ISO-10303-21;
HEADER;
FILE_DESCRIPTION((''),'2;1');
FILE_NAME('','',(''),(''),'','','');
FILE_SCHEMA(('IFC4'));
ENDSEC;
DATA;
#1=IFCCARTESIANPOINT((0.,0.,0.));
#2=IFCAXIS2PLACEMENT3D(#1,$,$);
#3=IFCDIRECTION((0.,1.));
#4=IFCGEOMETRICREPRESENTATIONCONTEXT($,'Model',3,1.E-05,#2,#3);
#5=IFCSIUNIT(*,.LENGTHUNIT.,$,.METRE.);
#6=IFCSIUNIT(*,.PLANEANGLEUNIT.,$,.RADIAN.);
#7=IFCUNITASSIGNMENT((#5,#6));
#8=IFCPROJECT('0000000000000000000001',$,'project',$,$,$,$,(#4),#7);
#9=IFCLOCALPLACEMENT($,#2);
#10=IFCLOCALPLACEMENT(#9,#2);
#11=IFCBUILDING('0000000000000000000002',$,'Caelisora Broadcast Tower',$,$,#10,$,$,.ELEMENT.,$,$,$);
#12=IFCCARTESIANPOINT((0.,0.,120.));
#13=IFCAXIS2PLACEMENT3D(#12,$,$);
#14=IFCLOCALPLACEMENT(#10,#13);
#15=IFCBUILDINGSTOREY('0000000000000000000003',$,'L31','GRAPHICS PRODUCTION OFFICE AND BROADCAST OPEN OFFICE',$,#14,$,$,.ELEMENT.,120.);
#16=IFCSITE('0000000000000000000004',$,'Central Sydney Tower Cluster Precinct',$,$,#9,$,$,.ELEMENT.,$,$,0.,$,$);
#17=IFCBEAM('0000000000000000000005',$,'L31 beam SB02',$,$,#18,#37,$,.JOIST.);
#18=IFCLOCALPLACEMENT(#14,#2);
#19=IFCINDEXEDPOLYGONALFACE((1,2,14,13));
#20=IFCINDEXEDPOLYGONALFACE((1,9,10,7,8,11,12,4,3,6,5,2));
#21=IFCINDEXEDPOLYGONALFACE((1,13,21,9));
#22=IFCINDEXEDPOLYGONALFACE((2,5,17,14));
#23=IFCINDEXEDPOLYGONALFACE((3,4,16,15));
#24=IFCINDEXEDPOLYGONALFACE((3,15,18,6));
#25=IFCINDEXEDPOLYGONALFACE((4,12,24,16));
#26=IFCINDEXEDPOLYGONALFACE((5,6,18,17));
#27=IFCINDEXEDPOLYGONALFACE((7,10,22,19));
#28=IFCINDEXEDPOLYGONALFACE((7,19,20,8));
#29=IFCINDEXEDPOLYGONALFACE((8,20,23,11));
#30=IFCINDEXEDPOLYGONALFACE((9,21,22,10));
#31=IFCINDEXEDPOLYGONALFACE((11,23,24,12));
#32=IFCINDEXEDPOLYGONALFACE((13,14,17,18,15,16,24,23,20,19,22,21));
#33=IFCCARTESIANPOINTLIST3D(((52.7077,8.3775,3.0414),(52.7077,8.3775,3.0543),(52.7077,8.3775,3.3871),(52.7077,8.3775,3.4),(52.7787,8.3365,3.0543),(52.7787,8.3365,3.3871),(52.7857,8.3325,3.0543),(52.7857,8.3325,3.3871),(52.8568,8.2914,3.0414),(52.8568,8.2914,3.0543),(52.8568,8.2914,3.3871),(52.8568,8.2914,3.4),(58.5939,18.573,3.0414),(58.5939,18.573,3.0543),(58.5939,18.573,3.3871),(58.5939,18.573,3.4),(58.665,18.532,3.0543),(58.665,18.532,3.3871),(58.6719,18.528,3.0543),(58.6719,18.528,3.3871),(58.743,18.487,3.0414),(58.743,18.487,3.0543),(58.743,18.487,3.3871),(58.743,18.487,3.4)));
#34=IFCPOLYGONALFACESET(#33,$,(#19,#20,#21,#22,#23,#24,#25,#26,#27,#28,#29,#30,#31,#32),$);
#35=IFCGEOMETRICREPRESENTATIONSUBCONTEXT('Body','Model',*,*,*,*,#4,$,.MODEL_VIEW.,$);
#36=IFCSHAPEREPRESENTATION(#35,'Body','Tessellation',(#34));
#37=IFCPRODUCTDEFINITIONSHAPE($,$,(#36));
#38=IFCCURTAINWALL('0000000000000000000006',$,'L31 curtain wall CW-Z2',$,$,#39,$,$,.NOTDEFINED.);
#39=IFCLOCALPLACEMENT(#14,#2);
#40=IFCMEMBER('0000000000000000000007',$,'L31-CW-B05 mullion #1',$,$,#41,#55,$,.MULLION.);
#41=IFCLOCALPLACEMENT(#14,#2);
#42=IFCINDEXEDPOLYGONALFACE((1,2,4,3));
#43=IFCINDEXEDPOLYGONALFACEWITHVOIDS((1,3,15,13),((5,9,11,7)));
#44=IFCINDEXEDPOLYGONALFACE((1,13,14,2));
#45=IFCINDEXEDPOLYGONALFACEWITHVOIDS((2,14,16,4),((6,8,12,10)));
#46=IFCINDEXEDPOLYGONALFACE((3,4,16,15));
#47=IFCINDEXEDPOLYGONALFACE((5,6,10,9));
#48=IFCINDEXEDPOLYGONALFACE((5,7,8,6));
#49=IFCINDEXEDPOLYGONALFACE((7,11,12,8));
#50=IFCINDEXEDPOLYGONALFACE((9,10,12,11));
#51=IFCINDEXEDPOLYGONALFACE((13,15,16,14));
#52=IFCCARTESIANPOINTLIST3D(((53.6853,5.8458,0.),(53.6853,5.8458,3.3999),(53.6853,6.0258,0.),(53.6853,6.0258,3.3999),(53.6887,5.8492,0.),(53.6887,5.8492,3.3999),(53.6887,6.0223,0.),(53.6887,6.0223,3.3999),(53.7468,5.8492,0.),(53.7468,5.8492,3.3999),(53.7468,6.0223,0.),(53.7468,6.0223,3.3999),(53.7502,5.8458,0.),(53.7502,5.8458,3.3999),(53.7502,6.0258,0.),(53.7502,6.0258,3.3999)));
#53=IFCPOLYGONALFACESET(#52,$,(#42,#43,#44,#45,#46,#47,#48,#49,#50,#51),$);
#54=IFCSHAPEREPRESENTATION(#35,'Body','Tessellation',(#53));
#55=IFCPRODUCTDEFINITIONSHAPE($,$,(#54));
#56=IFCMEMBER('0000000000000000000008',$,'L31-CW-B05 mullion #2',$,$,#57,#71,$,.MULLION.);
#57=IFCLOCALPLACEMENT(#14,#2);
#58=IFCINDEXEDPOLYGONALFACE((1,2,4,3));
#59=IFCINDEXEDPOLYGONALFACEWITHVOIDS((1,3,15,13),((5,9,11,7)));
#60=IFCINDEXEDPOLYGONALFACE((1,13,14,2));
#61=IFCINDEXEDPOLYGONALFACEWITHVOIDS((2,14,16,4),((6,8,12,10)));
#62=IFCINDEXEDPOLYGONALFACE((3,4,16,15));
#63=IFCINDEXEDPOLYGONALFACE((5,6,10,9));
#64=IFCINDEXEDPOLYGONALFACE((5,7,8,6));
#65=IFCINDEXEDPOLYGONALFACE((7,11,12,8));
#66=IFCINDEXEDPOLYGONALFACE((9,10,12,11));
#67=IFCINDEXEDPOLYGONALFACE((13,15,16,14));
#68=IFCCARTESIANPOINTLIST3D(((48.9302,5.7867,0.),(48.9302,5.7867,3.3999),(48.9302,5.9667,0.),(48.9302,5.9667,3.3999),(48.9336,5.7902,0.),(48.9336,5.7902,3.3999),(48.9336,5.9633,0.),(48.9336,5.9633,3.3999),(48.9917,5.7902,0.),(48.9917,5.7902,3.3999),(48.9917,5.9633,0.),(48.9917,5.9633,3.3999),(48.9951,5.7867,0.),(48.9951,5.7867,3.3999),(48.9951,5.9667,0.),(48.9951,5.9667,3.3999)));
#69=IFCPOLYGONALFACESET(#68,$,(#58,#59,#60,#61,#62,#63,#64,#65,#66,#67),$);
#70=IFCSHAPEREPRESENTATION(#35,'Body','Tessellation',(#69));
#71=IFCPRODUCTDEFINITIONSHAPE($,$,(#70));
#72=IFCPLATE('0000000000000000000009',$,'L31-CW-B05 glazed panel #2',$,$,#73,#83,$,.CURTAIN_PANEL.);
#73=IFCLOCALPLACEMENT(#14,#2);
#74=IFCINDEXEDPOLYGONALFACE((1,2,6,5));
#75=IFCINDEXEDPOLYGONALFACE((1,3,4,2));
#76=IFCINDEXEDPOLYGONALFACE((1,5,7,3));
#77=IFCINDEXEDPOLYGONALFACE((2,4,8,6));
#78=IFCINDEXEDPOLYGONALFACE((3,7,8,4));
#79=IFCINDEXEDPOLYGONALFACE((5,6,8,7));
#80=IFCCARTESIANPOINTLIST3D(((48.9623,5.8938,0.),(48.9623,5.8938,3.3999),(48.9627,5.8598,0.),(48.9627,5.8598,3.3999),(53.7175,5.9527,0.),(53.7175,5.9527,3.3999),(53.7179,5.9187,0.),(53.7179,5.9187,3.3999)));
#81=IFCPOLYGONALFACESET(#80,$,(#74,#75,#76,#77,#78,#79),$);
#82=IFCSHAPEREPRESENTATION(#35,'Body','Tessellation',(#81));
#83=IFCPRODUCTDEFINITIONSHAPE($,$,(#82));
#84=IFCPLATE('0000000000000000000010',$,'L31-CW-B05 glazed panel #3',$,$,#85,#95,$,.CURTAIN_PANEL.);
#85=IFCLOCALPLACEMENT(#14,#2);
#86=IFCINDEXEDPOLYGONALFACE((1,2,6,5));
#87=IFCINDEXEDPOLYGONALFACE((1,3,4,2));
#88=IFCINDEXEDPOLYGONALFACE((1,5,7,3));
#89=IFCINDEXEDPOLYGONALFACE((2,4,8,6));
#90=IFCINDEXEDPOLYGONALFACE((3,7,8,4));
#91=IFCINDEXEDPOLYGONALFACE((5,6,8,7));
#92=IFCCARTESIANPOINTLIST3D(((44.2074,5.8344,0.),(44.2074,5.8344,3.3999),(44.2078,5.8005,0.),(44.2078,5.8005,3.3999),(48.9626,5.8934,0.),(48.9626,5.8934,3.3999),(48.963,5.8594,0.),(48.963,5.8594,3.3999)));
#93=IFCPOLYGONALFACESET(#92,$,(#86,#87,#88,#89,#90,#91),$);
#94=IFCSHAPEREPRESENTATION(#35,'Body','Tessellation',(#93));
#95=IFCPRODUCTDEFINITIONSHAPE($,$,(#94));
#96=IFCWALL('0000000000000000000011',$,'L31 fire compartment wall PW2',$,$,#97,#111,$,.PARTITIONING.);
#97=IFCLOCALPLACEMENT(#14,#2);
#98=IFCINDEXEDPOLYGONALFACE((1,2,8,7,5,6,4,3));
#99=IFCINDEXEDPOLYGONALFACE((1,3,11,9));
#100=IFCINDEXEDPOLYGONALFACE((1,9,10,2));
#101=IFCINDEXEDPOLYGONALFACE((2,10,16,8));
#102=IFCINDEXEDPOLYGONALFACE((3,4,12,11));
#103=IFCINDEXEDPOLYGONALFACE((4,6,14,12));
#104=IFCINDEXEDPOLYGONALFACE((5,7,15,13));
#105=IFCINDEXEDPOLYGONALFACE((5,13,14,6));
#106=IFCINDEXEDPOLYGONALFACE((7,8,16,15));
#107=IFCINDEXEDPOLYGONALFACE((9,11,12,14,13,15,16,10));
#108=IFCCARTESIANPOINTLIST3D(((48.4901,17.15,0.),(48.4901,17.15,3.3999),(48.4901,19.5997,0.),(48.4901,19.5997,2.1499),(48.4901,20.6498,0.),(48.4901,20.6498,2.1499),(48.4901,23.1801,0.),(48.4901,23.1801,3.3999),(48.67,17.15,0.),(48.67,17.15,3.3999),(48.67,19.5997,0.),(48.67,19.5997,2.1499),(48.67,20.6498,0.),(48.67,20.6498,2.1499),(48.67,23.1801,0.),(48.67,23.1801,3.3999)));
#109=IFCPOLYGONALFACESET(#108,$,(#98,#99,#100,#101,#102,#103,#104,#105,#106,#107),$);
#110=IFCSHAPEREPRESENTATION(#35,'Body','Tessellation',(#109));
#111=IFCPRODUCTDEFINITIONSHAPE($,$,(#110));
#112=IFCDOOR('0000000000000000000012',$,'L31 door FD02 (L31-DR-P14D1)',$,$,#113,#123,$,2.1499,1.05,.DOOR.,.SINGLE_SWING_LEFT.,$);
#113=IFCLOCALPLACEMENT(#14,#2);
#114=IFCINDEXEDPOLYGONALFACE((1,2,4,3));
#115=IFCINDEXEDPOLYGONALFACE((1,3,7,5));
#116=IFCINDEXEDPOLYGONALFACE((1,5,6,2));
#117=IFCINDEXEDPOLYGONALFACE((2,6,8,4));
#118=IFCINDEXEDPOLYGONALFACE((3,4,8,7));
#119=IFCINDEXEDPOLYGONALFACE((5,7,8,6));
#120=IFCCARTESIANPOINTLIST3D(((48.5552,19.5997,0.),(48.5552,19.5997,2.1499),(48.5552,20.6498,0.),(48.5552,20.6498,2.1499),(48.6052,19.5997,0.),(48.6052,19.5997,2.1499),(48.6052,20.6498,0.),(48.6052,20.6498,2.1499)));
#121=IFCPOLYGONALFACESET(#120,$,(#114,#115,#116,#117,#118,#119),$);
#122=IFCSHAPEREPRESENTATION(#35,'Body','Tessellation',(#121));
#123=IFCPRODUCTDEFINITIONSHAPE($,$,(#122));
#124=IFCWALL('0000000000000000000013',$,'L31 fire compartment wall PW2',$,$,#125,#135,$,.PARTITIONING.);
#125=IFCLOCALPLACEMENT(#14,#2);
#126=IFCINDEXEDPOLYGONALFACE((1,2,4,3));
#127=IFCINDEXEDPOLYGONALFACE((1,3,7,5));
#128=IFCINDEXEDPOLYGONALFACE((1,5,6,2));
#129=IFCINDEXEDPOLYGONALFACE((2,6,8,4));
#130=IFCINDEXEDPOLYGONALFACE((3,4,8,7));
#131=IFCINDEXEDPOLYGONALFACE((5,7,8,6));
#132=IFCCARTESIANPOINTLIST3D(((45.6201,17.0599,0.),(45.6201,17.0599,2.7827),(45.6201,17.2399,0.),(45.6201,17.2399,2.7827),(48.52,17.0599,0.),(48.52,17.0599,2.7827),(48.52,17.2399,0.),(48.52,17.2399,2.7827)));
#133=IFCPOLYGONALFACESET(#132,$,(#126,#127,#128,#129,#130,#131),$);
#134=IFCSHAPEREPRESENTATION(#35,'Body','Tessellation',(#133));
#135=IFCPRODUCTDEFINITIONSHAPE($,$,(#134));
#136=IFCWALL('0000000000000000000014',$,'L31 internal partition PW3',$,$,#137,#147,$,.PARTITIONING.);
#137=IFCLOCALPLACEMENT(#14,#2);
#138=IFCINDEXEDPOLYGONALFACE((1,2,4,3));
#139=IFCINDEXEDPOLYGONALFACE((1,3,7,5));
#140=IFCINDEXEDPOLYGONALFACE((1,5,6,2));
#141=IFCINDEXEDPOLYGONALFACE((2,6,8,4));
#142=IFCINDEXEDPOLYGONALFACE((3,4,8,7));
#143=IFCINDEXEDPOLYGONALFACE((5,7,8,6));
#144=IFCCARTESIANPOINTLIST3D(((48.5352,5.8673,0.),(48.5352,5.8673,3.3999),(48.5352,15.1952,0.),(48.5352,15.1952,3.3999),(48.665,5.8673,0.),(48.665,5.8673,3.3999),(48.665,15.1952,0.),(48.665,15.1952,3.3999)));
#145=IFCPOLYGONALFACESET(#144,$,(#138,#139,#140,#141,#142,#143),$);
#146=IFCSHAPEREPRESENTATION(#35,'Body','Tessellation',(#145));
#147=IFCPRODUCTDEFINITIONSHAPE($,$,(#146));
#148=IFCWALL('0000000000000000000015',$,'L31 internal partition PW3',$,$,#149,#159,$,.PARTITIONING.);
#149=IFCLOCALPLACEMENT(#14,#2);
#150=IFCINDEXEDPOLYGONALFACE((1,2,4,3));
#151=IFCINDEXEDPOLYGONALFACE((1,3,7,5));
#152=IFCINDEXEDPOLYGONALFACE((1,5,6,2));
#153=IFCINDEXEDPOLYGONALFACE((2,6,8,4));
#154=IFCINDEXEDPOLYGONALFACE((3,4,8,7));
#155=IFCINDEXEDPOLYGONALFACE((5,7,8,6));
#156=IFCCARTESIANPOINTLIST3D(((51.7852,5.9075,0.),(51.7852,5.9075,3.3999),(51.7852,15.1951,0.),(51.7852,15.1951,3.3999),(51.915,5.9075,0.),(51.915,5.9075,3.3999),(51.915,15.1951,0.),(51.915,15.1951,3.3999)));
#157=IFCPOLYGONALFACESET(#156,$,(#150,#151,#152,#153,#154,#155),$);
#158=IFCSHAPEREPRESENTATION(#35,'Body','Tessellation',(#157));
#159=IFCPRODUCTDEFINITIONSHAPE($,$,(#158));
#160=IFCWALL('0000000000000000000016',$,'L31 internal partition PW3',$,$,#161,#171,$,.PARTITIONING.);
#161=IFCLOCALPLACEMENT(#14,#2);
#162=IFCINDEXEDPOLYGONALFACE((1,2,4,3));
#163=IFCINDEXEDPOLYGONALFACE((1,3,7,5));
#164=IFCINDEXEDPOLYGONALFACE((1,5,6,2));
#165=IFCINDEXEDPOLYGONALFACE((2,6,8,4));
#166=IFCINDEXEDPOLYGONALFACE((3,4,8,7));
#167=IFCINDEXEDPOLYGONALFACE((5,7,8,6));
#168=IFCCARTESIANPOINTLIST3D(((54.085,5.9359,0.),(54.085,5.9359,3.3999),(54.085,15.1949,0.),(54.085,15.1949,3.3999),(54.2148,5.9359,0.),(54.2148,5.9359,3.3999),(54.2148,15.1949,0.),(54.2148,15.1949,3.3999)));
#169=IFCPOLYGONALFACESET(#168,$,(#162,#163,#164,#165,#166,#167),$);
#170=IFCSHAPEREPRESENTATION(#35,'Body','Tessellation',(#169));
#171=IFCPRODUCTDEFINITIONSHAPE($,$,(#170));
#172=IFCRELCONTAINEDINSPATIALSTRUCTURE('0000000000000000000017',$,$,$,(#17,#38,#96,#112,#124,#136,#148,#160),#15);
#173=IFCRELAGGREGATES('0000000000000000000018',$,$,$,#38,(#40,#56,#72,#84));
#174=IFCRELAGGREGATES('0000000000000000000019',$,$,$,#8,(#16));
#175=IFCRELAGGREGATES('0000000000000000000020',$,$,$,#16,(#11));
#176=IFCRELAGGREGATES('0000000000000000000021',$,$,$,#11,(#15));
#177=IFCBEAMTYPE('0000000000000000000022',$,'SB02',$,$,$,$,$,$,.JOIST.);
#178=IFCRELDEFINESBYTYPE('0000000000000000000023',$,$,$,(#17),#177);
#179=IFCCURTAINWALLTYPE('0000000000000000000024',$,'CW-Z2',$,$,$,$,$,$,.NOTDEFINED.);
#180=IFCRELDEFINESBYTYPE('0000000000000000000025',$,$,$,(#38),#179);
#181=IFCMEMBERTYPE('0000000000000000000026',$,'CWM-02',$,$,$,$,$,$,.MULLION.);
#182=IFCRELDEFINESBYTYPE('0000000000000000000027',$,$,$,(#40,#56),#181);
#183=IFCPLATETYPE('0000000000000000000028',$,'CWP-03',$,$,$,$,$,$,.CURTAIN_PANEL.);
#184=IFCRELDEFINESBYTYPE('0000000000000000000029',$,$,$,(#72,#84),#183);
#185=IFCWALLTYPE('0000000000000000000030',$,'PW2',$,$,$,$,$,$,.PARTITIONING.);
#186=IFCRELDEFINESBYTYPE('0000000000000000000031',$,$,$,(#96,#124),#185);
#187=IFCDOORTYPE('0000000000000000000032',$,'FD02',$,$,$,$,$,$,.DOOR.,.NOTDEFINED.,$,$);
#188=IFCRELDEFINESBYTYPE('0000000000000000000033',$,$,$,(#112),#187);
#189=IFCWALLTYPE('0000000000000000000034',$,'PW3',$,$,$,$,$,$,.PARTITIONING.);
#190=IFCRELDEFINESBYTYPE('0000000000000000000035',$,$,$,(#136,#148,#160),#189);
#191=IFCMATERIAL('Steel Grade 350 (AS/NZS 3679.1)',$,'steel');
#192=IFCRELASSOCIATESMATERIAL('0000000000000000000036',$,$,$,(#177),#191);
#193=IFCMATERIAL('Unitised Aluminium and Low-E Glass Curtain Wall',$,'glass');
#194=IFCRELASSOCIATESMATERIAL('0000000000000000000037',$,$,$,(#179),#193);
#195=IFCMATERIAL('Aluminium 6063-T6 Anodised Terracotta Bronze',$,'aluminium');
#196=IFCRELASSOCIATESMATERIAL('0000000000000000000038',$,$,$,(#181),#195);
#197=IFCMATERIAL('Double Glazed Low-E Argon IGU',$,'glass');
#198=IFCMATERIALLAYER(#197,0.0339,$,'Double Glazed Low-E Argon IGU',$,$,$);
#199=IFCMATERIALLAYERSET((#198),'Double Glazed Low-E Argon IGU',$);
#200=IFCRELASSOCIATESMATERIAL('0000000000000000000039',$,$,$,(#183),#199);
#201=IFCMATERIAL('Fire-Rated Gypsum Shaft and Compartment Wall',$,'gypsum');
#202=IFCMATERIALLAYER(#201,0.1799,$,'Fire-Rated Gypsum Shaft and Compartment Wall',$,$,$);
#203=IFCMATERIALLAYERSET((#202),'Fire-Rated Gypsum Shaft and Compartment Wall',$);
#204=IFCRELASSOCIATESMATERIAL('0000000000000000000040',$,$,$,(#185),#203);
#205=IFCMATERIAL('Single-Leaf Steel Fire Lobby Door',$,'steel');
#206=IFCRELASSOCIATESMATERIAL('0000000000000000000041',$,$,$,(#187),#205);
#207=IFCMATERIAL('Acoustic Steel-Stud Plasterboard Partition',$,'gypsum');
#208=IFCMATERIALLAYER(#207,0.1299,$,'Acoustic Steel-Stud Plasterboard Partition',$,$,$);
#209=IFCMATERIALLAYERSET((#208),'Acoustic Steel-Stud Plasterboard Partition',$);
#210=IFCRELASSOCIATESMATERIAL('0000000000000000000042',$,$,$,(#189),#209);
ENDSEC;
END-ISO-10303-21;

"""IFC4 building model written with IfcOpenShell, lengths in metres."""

from ifc_helpers import new_model, si_unit, direction, frame, frame_2d, origin, origin_2d, place, context, subcontext, project, spatial, rectangle, hollow_rectangle, i_section, extrude, source, transform, mapped, material, layer, layer_set, material_profile, profile_set, type_object, type_shapes, element, fill, aggregate, save


model = new_model("IFC4")

# Units and contexts
model_context = context("Model", 3, precision=1e-05, world=origin(), true_north=direction((0.0, 1.0)))
body_context = subcontext(model_context, "Body", "Model", "MODEL_VIEW")
ifc_project = project(units=[si_unit("LENGTHUNIT", "METRE"), si_unit("PLANEANGLEUNIT", "RADIAN")], contexts=[model_context])

# Site, building, storey
site_placement = place(None, origin())
site = spatial("IfcSite", under=ifc_project, at=site_placement, Name="Central Sydney Tower Cluster Precinct", CompositionType="ELEMENT", RefElevation=0.0)
building_placement = place(site_placement, origin())
building = spatial("IfcBuilding", under=site, at=building_placement, Name="Caelisora Broadcast Tower", CompositionType="ELEMENT")
storey_placement = place(building_placement, frame((0.0, 0.0, 120.0)))
storey = spatial("IfcBuildingStorey", under=building, at=storey_placement, Name="L31", Description="GRAPHICS PRODUCTION OFFICE AND BROADCAST OPEN OFFICE", CompositionType="ELEMENT", Elevation=120.0)

# Beam
ifc_material_1 = material(Name="Steel Grade 350 (AS/NZS 3679.1)", Category="steel")
ifc_material_profile_1 = material_profile(ifc_material_1, i_section(OverallWidth=0.1721, OverallDepth=0.3586, WebThickness=0.0081, FlangeThickness=0.0129, at=origin_2d()), Name="Steel Grade 350 (AS/NZS 3679.1)")
ifc_profile_set_1 = profile_set([ifc_material_profile_1], Name="Steel Grade 350 (AS/NZS 3679.1)")
beam_type = type_object("IfcBeamType", Name="SB02", PredefinedType="JOIST", material=ifc_profile_set_1)
shared_shape_1 = source(origin(), body_context, "Body", "SweptSolid", [
    extrude(i_section(OverallWidth=0.1721, OverallDepth=0.3586, WebThickness=0.0081, FlangeThickness=0.0129, at=origin_2d()), origin(), (0.0, 0.0, 1.0), 11.7727),
])
beam_1_placement = place(storey_placement, frame((52.7822, 8.3345, 3.2207), z_axis=(0.499989, 0.866032, 0.0), x_axis=(-0.866032, 0.499989, 0.0)))
element("IfcBeam", 1, at=beam_1_placement, inside=storey, type_object=beam_type, Name="L31 beam SB02", PredefinedType="JOIST", context=body_context, shape_type="MappedRepresentation", body=[
    mapped(shared_shape_1, transform((0.0, 0.0, 0.0), scale=1.0)),
])

# Curtain wall, members, plates
ifc_material_2 = material(Name="Unitised Aluminium and Low-E Glass Curtain Wall", Category="glass")
curtain_wall_type = type_object("IfcCurtainWallType", Name="CW-Z2", PredefinedType="NOTDEFINED", material=ifc_material_2)
curtain_wall_placement = place(storey_placement, origin())
curtain_wall = element("IfcCurtainWall", 2, at=curtain_wall_placement, inside=storey, type_object=curtain_wall_type, Name="L31 curtain wall CW-Z2", PredefinedType="NOTDEFINED")
ifc_material_3 = material(Name="Aluminium 6063-T6 Anodised Terracotta Bronze", Category="aluminium")
ifc_material_profile_2 = material_profile(ifc_material_3, hollow_rectangle(XDim=0.0649, YDim=0.1799, WallThickness=0.0034, at=origin_2d()), Name="Aluminium 6063-T6 Anodised Terracotta Bronze")
ifc_profile_set_2 = profile_set([ifc_material_profile_2], Name="Aluminium 6063-T6 Anodised Terracotta Bronze")
member_type = type_object("IfcMemberType", Name="CWM-02", PredefinedType="MULLION", material=ifc_profile_set_2)
shared_shape_2 = source(origin(), body_context, "Body", "SweptSolid", [
    extrude(hollow_rectangle(XDim=0.0649, YDim=0.1799, WallThickness=0.0034, at=origin_2d()), origin(), (0.0, 0.0, 1.0), 3.3999),
])
type_shapes(member_type, [shared_shape_2])
member_1_placement = place(storey_placement, frame((53.7178, 5.9358, 0.0), z_axis=(0.0, 0.0, 1.0), x_axis=(1.0, 0.0, 0.0)))
member_1 = element("IfcMember", 3, at=member_1_placement, type_object=member_type, Name="L31-CW-B05 mullion #1", PredefinedType="MULLION", context=body_context, shape_type="MappedRepresentation", body=[
    mapped(shared_shape_2, transform((0.0, 0.0, 0.0), scale=1.0)),
])
member_2_placement = place(storey_placement, frame((48.9626, 5.8767, 0.0), z_axis=(0.0, 0.0, 1.0), x_axis=(1.0, 0.0, 0.0)))
member_2 = element("IfcMember", 4, at=member_2_placement, type_object=member_type, Name="L31-CW-B05 mullion #2", PredefinedType="MULLION", context=body_context, shape_type="MappedRepresentation", body=[
    mapped(shared_shape_2, transform((0.0, 0.0, 0.0), scale=1.0)),
])
ifc_material_4 = material(Name="Double Glazed Low-E Argon IGU", Category="glass")
ifc_layer_1 = layer(ifc_material_4, 0.0339, Name="Double Glazed Low-E Argon IGU")
ifc_layer_set_1 = layer_set([ifc_layer_1], Name="Double Glazed Low-E Argon IGU")
plate_type = type_object("IfcPlateType", Name="CWP-03", PredefinedType="CURTAIN_PANEL", material=ifc_layer_set_1)
shared_shape_3 = source(origin(), body_context, "Body", "SweptSolid", [
    extrude(rectangle(XDim=4.7556, YDim=0.0339, at=origin_2d()), origin(), (0.0, 0.0, 1.0), 3.3999),
])
type_shapes(plate_type, [shared_shape_3])
plate_1_placement = place(storey_placement, frame((51.3401, 5.9062, 0.0), z_axis=(0.0, 0.0, 1.0), x_axis=(-0.999923, -0.012392, 0.0)))
plate_1 = element("IfcPlate", 5, at=plate_1_placement, type_object=plate_type, Name="L31-CW-B05 glazed panel #2", PredefinedType="CURTAIN_PANEL", context=body_context, shape_type="MappedRepresentation", body=[
    mapped(shared_shape_3, transform((0.0, 0.0, 0.0), scale=1.0)),
])
plate_2_placement = place(storey_placement, frame((46.5852, 5.8469, 0.0), z_axis=(0.0, 0.0, 1.0), x_axis=(-0.999923, -0.012392, 0.0)))
plate_2 = element("IfcPlate", 6, at=plate_2_placement, type_object=plate_type, Name="L31-CW-B05 glazed panel #3", PredefinedType="CURTAIN_PANEL", context=body_context, shape_type="MappedRepresentation", body=[
    mapped(shared_shape_3, transform((0.0, 0.0, 0.0), scale=1.0)),
])
aggregate(curtain_wall, [member_1, member_2, plate_1, plate_2])

# Wall, opening, door
ifc_material_5 = material(Name="Fire-Rated Gypsum Shaft and Compartment Wall", Category="gypsum")
ifc_layer_2 = layer(ifc_material_5, 0.1799, Name="Fire-Rated Gypsum Shaft and Compartment Wall")
ifc_layer_set_2 = layer_set([ifc_layer_2], Name="Fire-Rated Gypsum Shaft and Compartment Wall")
wall_type_1 = type_object("IfcWallType", Name="PW2", PredefinedType="PARTITIONING", material=ifc_layer_set_2)
wall_1_placement = place(storey_placement, frame((48.5801, 17.1499, 0.0), z_axis=(0.0, 0.0, 1.0), x_axis=(0.0, 1.0, 0.0)))
wall_1 = element("IfcWall", 7, at=wall_1_placement, inside=storey, type_object=wall_type_1, Name="L31 fire compartment wall PW2", PredefinedType="PARTITIONING", context=body_context, shape_type="SweptSolid", body=[
    extrude(rectangle(XDim=6.03, YDim=0.1799, at=frame_2d((3.0151, 0.0))), origin(), (0.0, 0.0, 1.0), 3.3999),
])
opening_1_placement = place(wall_1_placement, frame((2.45, 0.0, 0.0)))
opening_1 = element("IfcOpeningElement", 8, at=opening_1_placement, cuts=wall_1, PredefinedType="OPENING", context=body_context, shape_type="SweptSolid", body=[
    extrude(rectangle(XDim=1.05, YDim=2.1499, at=frame_2d((0.5249, 1.075))), frame((0.0, 0.1021, 0.0), z_axis=(0.0, -1.0, 0.0), x_axis=(1.0, 0.0, 0.0)), (0.0, 0.0, 1.0), 0.2039),
])
ifc_material_6 = material(Name="Single-Leaf Steel Fire Lobby Door", Category="steel")
door_type_1 = type_object("IfcDoorType", Name="FD02", OperationType="NOTDEFINED", PredefinedType="DOOR", material=ifc_material_6)
door_1_placement = place(opening_1_placement, origin())
door_1 = element("IfcDoor", 9, at=door_1_placement, inside=storey, type_object=door_type_1, Name="L31 door FD02 (L31-DR-P14D1)", OperationType="SINGLE_SWING_LEFT", OverallHeight=2.1499, OverallWidth=1.05, PredefinedType="DOOR", context=body_context, shape_type="SweptSolid", body=[
    extrude(rectangle(XDim=1.05, YDim=2.1499, at=frame_2d((0.5249, 1.075))), frame((0.0, 0.0249, 0.0), z_axis=(0.0, -1.0, 0.0), x_axis=(1.0, 0.0, 0.0)), (0.0, 0.0, 1.0), 0.05),
])
fill(opening_1, door_1)

# Walls
wall_2_placement = place(storey_placement, frame((45.6201, 17.1499, 0.0), z_axis=(0.0, 0.0, 1.0), x_axis=(1.0, 0.0, 0.0)))
element("IfcWall", 10, at=wall_2_placement, inside=storey, type_object=wall_type_1, Name="L31 fire compartment wall PW2", PredefinedType="PARTITIONING", context=body_context, shape_type="SweptSolid", body=[
    extrude(rectangle(XDim=2.8999, YDim=0.1799, at=frame_2d((1.45, 0.0))), origin(), (0.0, 0.0, 1.0), 2.7827),
])
ifc_material_7 = material(Name="Acoustic Steel-Stud Plasterboard Partition", Category="gypsum")
ifc_layer_3 = layer(ifc_material_7, 0.1299, Name="Acoustic Steel-Stud Plasterboard Partition")
ifc_layer_set_3 = layer_set([ifc_layer_3], Name="Acoustic Steel-Stud Plasterboard Partition")
wall_type_2 = type_object("IfcWallType", Name="PW3", PredefinedType="PARTITIONING", material=ifc_layer_set_3)
wall_3_placement = place(storey_placement, frame((48.6001, 5.8672, 0.0), z_axis=(0.0, 0.0, 1.0), x_axis=(0.0, 1.0, 0.0)))
element("IfcWall", 11, at=wall_3_placement, inside=storey, type_object=wall_type_2, Name="L31 internal partition PW3", PredefinedType="PARTITIONING", context=body_context, shape_type="SweptSolid", body=[
    extrude(rectangle(XDim=9.3279, YDim=0.1299, at=frame_2d((4.6641, 0.0))), origin(), (0.0, 0.0, 1.0), 3.3999),
])
wall_4_placement = place(storey_placement, frame((51.8501, 5.9075, 0.0), z_axis=(0.0, 0.0, 1.0), x_axis=(0.0, 1.0, 0.0)))
element("IfcWall", 12, at=wall_4_placement, inside=storey, type_object=wall_type_2, Name="L31 internal partition PW3", PredefinedType="PARTITIONING", context=body_context, shape_type="SweptSolid", body=[
    extrude(rectangle(XDim=9.2876, YDim=0.1299, at=frame_2d((4.6438, 0.0))), origin(), (0.0, 0.0, 1.0), 3.3999),
])
wall_5_placement = place(storey_placement, frame((54.1499, 5.936, 0.0), z_axis=(0.0, 0.0, 1.0), x_axis=(0.0, 1.0, 0.0)))
element("IfcWall", 13, at=wall_5_placement, inside=storey, type_object=wall_type_2, Name="L31 internal partition PW3", PredefinedType="PARTITIONING", context=body_context, shape_type="SweptSolid", body=[
    extrude(rectangle(XDim=9.259, YDim=0.1299, at=frame_2d((4.6294, 0.0))), origin(), (0.0, 0.0, 1.0), 3.3999),
])

save(model, "model.ifc")
